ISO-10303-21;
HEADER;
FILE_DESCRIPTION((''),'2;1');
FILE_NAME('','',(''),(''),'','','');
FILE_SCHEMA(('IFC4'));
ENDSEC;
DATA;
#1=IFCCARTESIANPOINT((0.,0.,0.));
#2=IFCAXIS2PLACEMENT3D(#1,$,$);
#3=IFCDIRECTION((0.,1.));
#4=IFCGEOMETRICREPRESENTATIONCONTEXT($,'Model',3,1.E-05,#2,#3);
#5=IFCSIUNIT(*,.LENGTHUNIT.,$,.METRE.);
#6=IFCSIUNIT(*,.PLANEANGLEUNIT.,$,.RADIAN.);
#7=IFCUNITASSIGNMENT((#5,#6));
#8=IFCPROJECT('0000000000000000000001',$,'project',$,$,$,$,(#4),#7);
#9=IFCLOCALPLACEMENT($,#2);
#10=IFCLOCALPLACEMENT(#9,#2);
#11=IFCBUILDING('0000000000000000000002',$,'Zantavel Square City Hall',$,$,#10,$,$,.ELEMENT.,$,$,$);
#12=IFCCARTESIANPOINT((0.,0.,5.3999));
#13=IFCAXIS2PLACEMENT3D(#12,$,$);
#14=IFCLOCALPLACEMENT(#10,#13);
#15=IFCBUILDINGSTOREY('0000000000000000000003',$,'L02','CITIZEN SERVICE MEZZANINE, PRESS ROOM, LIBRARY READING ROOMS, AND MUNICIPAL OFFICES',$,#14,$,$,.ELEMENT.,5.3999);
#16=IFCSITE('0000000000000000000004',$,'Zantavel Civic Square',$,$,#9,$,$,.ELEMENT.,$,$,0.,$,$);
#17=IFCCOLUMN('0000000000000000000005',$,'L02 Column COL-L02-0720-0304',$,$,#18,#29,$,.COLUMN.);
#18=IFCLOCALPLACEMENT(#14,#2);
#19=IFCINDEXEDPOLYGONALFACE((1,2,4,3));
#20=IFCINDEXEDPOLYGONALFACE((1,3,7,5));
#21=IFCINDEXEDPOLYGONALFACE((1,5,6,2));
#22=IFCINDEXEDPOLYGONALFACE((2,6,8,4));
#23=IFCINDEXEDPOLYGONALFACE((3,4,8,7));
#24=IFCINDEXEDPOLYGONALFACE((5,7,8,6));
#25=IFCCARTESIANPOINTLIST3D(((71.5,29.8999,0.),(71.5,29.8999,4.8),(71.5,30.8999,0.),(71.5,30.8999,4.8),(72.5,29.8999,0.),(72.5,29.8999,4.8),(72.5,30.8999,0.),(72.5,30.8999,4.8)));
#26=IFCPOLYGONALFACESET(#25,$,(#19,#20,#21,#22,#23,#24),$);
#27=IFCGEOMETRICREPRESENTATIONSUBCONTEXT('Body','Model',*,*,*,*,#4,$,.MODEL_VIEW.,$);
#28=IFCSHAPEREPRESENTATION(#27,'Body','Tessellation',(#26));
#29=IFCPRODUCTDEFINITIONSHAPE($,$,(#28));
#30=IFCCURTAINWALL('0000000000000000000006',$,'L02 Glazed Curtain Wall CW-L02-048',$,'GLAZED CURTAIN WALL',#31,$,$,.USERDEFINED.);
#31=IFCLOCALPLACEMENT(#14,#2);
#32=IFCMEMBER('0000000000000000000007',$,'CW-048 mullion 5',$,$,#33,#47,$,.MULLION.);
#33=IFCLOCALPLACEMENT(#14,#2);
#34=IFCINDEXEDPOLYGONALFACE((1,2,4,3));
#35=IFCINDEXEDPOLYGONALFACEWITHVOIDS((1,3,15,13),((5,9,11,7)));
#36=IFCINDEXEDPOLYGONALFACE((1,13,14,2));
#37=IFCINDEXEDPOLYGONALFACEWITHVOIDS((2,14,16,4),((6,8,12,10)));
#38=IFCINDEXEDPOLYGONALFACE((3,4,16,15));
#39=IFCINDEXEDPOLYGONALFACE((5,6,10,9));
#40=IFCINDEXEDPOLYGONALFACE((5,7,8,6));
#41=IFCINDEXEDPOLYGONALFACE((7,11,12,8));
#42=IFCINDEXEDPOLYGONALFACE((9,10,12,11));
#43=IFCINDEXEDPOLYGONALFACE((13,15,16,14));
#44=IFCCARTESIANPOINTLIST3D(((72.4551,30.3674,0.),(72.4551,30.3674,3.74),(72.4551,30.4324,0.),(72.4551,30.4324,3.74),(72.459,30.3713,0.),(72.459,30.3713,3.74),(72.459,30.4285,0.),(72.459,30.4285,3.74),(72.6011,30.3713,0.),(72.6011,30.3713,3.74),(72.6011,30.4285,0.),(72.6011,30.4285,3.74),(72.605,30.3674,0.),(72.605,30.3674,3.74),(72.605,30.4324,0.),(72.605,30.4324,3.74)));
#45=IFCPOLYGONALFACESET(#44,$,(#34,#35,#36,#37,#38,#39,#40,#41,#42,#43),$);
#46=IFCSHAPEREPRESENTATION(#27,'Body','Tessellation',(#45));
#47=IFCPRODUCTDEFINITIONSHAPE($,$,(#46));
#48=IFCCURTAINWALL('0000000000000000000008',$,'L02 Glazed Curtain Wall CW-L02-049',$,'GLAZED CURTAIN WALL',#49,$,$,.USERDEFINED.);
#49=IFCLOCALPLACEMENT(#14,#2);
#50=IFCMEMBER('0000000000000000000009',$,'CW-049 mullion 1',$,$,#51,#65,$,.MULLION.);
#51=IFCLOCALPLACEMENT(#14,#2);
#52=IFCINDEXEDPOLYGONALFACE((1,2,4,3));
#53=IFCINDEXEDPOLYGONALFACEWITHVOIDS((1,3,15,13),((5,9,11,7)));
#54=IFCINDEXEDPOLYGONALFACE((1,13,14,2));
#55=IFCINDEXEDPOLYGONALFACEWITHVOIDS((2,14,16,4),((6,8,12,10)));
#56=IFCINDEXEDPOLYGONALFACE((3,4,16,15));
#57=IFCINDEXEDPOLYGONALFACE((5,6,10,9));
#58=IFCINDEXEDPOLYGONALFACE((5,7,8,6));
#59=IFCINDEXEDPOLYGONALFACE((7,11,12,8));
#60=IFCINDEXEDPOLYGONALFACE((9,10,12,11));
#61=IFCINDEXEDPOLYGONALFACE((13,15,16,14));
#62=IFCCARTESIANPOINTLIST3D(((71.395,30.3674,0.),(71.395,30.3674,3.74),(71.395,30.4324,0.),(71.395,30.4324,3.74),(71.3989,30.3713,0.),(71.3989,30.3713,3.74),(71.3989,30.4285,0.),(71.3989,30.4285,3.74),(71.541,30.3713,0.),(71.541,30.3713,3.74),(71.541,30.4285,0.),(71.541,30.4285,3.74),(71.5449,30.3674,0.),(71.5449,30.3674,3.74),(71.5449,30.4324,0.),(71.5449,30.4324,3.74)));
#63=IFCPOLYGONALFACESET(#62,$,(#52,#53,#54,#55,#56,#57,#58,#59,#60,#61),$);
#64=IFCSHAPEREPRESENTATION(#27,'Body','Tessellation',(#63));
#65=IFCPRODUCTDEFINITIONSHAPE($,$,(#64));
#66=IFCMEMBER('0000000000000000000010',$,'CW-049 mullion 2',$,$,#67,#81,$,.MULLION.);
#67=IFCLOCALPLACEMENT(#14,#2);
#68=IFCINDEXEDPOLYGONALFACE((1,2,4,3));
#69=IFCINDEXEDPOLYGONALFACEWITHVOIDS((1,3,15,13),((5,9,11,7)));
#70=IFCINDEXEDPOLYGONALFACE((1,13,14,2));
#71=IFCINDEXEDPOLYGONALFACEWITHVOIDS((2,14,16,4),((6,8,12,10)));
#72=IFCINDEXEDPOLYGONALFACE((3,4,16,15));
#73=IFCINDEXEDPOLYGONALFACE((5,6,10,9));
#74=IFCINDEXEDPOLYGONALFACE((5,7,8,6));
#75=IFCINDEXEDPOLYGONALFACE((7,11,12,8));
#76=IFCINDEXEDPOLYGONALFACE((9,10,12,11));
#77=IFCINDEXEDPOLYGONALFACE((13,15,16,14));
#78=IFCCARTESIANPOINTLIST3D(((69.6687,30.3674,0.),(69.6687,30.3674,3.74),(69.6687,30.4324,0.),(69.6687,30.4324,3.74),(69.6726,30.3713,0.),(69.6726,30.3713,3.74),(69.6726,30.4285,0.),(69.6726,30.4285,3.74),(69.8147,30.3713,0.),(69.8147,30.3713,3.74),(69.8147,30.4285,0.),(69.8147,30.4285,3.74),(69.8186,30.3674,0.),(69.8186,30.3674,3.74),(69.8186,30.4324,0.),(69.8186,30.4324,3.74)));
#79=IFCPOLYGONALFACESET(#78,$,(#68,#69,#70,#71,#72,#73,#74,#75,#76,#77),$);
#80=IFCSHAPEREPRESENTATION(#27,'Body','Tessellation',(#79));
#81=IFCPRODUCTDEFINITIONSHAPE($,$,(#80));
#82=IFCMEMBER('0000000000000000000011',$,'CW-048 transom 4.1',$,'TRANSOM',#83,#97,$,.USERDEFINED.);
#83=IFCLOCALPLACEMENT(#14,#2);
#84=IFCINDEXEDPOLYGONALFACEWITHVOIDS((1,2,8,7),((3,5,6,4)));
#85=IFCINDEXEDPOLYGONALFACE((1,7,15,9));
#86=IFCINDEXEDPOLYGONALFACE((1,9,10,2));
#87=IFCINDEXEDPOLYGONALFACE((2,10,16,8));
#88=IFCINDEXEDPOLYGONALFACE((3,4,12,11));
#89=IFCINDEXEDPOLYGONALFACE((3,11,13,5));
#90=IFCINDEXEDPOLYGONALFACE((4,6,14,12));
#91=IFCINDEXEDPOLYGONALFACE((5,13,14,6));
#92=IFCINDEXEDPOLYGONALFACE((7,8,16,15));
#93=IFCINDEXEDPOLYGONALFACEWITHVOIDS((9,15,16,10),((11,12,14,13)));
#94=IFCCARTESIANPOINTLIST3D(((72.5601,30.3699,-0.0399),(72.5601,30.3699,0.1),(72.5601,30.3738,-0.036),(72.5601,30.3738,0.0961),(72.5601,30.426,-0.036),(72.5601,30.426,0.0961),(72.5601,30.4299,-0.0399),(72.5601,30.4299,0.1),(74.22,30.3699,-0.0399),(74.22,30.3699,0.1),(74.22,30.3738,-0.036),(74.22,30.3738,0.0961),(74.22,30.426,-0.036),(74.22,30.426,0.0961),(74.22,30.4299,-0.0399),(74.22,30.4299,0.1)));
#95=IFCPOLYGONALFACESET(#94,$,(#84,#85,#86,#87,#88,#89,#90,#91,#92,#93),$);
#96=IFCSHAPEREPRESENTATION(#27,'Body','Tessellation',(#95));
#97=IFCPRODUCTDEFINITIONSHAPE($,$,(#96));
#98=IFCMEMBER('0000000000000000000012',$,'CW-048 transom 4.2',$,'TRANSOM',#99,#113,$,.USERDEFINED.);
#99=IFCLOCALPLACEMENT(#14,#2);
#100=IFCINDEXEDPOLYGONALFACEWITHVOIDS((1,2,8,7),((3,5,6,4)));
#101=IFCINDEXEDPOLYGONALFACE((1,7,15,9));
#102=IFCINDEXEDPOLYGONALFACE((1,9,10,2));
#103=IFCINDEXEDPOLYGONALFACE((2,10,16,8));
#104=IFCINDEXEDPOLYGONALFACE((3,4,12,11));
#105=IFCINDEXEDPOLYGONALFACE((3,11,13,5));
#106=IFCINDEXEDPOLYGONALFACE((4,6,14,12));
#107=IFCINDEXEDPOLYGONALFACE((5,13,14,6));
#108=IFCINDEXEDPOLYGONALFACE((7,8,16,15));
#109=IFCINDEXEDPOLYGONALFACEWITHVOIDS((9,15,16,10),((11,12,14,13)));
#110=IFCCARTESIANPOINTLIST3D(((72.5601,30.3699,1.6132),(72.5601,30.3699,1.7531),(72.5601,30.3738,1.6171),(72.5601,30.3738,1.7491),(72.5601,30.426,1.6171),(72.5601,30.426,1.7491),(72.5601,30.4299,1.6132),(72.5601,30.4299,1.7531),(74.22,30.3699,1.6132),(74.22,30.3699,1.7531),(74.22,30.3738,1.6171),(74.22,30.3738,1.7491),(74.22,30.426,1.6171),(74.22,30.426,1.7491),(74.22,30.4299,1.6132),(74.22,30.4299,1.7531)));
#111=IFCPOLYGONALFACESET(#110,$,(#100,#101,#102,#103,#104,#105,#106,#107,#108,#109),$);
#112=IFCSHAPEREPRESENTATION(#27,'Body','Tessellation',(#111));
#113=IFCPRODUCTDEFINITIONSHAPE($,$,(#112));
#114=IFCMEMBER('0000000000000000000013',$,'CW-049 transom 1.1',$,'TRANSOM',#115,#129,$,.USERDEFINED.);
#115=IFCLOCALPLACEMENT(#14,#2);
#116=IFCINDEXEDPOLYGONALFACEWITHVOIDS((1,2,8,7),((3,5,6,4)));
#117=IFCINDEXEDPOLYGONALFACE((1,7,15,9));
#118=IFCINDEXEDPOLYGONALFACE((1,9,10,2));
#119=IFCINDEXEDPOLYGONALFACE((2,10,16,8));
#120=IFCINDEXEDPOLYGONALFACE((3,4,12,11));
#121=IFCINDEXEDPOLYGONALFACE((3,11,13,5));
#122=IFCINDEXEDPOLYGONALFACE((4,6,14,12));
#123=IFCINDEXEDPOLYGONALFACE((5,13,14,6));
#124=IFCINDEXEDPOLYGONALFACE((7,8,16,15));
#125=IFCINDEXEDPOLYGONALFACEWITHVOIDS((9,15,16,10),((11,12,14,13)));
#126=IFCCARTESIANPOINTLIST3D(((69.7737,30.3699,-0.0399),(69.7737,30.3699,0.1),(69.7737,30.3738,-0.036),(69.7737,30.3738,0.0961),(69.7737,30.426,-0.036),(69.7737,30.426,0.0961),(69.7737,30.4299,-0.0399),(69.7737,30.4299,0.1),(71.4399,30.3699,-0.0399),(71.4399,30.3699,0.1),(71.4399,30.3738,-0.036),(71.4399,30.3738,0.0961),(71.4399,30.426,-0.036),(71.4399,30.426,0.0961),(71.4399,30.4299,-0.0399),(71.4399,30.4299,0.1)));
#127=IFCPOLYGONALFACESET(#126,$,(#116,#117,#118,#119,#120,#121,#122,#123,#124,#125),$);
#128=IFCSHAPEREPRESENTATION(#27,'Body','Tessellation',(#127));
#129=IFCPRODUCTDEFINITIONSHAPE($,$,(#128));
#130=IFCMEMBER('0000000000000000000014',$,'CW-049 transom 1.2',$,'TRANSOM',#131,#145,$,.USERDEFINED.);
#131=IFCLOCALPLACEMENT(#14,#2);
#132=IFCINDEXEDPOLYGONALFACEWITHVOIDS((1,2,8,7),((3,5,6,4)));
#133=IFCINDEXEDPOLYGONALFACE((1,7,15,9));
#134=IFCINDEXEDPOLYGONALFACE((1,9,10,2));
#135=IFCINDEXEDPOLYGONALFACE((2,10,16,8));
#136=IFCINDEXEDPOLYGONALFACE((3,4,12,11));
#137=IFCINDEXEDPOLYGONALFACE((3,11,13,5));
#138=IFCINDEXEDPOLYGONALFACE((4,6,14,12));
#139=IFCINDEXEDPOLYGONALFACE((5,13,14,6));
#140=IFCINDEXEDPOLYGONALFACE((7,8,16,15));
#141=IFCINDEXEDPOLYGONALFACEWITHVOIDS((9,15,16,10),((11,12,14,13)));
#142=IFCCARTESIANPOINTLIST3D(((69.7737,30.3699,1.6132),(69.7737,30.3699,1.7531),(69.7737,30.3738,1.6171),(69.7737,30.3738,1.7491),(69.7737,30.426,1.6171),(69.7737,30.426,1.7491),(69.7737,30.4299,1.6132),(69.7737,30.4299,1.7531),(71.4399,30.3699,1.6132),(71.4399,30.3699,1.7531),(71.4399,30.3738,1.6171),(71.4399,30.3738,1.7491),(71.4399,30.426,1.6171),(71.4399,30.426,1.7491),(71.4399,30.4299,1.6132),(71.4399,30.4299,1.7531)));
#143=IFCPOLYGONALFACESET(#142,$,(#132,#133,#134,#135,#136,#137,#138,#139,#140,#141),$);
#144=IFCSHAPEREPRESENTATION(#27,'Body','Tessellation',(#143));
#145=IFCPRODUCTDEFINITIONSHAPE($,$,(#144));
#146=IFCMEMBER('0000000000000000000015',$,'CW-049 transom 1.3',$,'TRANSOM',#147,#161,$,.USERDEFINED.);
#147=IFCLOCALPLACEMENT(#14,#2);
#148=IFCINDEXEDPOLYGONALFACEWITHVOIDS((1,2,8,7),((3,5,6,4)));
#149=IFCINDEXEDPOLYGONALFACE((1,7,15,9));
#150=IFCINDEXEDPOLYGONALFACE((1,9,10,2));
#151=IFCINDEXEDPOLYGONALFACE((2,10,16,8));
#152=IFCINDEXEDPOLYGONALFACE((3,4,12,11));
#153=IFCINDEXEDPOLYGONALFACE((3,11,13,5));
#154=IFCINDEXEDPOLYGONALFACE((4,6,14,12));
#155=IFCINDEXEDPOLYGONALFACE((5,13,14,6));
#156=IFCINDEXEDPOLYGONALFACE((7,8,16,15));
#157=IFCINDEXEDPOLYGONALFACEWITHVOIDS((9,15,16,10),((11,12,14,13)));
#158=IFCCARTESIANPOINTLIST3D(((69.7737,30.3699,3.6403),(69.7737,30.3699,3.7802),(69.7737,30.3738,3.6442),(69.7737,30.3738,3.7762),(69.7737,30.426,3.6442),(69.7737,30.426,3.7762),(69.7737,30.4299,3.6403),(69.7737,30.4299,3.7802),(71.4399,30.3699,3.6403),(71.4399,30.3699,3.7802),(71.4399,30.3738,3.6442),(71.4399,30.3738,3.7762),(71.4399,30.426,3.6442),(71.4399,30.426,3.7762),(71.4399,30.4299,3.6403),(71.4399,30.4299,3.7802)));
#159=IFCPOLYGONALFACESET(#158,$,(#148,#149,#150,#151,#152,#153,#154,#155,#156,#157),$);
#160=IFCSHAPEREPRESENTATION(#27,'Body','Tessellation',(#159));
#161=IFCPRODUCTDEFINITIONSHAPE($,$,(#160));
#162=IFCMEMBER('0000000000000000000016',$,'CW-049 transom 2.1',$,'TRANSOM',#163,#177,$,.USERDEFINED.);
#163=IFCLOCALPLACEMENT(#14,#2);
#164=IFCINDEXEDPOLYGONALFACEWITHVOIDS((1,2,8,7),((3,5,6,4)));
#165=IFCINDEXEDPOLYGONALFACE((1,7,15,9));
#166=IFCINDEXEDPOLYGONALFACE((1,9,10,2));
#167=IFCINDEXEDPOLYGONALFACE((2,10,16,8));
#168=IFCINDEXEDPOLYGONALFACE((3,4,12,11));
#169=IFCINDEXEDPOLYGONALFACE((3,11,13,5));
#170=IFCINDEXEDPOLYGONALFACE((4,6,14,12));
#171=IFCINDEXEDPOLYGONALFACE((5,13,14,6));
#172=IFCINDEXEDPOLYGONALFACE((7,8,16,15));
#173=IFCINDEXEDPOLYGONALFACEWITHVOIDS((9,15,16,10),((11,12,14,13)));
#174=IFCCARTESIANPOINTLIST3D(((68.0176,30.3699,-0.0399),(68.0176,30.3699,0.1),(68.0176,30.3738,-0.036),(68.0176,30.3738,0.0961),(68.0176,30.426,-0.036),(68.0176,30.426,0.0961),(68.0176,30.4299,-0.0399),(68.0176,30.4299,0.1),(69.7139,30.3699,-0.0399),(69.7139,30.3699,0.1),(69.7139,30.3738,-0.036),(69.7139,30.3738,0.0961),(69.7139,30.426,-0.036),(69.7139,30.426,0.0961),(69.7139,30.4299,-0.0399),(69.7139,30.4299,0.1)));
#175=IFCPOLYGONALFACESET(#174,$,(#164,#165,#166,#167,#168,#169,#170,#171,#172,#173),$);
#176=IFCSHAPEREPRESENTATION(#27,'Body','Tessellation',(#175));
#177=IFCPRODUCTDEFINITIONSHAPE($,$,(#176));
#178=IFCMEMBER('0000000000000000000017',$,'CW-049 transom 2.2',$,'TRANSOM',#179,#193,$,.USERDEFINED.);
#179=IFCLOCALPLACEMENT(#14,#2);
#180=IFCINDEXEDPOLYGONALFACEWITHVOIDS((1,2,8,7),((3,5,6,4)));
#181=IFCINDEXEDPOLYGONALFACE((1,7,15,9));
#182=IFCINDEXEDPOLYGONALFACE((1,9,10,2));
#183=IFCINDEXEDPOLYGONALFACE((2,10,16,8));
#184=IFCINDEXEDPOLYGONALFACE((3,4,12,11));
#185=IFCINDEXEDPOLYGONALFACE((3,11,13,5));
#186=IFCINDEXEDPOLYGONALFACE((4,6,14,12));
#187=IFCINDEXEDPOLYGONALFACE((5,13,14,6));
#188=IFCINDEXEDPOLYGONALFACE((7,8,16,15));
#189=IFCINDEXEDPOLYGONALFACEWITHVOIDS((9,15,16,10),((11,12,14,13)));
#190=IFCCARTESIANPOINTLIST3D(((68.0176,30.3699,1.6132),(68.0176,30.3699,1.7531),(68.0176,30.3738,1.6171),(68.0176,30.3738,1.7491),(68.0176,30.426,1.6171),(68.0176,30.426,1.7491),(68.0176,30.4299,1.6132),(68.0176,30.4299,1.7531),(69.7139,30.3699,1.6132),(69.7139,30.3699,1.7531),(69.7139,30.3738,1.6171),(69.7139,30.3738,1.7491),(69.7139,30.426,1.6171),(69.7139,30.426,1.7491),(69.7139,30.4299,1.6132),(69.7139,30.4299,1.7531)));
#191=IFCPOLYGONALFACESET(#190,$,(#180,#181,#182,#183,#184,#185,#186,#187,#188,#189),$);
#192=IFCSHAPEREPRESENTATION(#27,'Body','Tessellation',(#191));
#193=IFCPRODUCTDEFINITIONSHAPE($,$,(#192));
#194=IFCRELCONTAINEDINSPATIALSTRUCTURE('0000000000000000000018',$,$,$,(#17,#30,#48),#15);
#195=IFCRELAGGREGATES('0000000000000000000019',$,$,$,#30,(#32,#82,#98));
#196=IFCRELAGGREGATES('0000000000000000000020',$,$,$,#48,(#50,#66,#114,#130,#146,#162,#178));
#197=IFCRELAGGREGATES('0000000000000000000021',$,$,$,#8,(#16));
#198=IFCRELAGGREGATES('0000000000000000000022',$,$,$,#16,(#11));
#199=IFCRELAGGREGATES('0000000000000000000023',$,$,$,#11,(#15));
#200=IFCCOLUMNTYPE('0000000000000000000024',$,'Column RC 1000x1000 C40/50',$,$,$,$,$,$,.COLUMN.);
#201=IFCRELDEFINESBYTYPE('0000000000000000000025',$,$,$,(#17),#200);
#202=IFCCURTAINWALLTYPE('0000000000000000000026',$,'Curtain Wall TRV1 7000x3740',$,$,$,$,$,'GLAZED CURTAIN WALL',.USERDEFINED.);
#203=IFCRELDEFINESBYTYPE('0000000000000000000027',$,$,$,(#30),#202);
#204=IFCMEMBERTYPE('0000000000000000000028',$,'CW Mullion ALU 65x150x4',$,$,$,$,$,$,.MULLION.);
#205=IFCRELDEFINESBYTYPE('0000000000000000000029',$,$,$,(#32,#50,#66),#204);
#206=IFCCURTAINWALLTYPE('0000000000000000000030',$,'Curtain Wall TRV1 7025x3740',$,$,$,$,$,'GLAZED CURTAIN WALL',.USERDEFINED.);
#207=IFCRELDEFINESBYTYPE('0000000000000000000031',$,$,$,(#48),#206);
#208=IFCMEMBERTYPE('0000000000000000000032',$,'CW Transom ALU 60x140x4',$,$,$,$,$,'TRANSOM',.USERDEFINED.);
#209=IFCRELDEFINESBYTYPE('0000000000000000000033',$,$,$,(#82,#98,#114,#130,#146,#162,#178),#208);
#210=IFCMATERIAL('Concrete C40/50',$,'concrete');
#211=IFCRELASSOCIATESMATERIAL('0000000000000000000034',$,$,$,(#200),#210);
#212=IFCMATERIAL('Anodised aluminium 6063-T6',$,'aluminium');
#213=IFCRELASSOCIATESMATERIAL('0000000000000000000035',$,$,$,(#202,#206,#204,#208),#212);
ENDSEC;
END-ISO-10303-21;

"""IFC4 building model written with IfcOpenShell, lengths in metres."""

from ifc_helpers import new_model, si_unit, direction, frame, origin, origin_2d, place, context, subcontext, project, spatial, rectangle, hollow_rectangle, extrude, material, material_profile, profile_set, type_object, element, aggregate, save


model = new_model("IFC4")

# Units and contexts
model_context = context("Model", 3, precision=1e-05, world=origin(), true_north=direction((0.0, 1.0)))
body_context = subcontext(model_context, "Body", "Model", "MODEL_VIEW")
ifc_project = project(units=[si_unit("LENGTHUNIT", "METRE"), si_unit("PLANEANGLEUNIT", "RADIAN")], contexts=[model_context])

# Site, building, storey
site_placement = place(None, origin())
site = spatial("IfcSite", under=ifc_project, at=site_placement, Name="Zantavel Civic Square", CompositionType="ELEMENT", RefElevation=0.0)
building_placement = place(site_placement, origin())
building = spatial("IfcBuilding", under=site, at=building_placement, Name="Zantavel Square City Hall", CompositionType="ELEMENT")
storey_placement = place(building_placement, frame((0.0, 0.0, 5.3999)))
storey = spatial("IfcBuildingStorey", under=building, at=storey_placement, Name="L02", Description="CITIZEN SERVICE MEZZANINE, PRESS ROOM, LIBRARY READING ROOMS, AND MUNICIPAL OFFICES", CompositionType="ELEMENT", Elevation=5.3999)

# Column
ifc_material_1 = material(Name="Concrete C40/50", Category="concrete")
ifc_material_profile_1 = material_profile(ifc_material_1, rectangle(XDim=1.0, YDim=1.0, at=origin_2d()), Name="RC 1000x1000")
ifc_profile_set_1 = profile_set([ifc_material_profile_1], Name="Concrete C40/50")
column_type = type_object("IfcColumnType", Name="Column RC 1000x1000 C40/50", PredefinedType="COLUMN", material=ifc_profile_set_1)
column_placement = place(storey_placement, frame((72.0, 30.3999, 0.0), z_axis=(0.0, 0.0, 1.0), x_axis=(1.0, 0.0, 0.0)))
element("IfcColumn", 1, at=column_placement, inside=storey, type_object=column_type, Name="L02 Column COL-L02-0720-0304", PredefinedType="COLUMN", context=body_context, shape_type="SweptSolid", body=[
    extrude(rectangle(XDim=1.0, YDim=1.0, at=origin_2d()), origin(), (0.0, 0.0, 1.0), 4.8),
])

# Curtain wall, member
ifc_material_2 = material(Name="Anodised aluminium 6063-T6", Category="aluminium")
curtain_wall_type_1 = type_object("IfcCurtainWallType", Name="Curtain Wall TRV1 7000x3740", ElementType="GLAZED CURTAIN WALL", PredefinedType="USERDEFINED", material=ifc_material_2)
curtain_wall_1_placement = place(storey_placement, origin())
curtain_wall_1 = element("IfcCurtainWall", 2, at=curtain_wall_1_placement, inside=storey, type_object=curtain_wall_type_1, Name="L02 Glazed Curtain Wall CW-L02-048", ObjectType="GLAZED CURTAIN WALL", PredefinedType="USERDEFINED")
ifc_material_profile_2 = material_profile(ifc_material_2, hollow_rectangle(XDim=0.0649, YDim=0.1499, WallThickness=0.0039, at=origin_2d()), Name="ALU 65x150x4")
ifc_profile_set_2 = profile_set([ifc_material_profile_2], Name="Anodised aluminium 6063-T6")
member_type_1 = type_object("IfcMemberType", Name="CW Mullion ALU 65x150x4", PredefinedType="MULLION", material=ifc_profile_set_2)
member_1_placement = place(storey_placement, frame((72.53, 30.3999, 0.0), z_axis=(0.0, 0.0, 1.0), x_axis=(0.0, -1.0, 0.0)))
member_1 = element("IfcMember", 3, at=member_1_placement, type_object=member_type_1, Name="CW-048 mullion 5", PredefinedType="MULLION", context=body_context, shape_type="SweptSolid", body=[
    extrude(hollow_rectangle(XDim=0.0649, YDim=0.1499, WallThickness=0.0039, at=origin_2d()), origin(), (0.0, 0.0, 1.0), 3.74),
])

# Curtain wall, members
curtain_wall_type_2 = type_object("IfcCurtainWallType", Name="Curtain Wall TRV1 7025x3740", ElementType="GLAZED CURTAIN WALL", PredefinedType="USERDEFINED", material=ifc_material_2)
curtain_wall_2_placement = place(storey_placement, origin())
curtain_wall_2 = element("IfcCurtainWall", 4, at=curtain_wall_2_placement, inside=storey, type_object=curtain_wall_type_2, Name="L02 Glazed Curtain Wall CW-L02-049", ObjectType="GLAZED CURTAIN WALL", PredefinedType="USERDEFINED")
member_2_placement = place(storey_placement, frame((71.47, 30.3999, 0.0), z_axis=(0.0, 0.0, 1.0), x_axis=(0.0, -1.0, 0.0)))
member_2 = element("IfcMember", 5, at=member_2_placement, type_object=member_type_1, Name="CW-049 mullion 1", PredefinedType="MULLION", context=body_context, shape_type="SweptSolid", body=[
    extrude(hollow_rectangle(XDim=0.0649, YDim=0.1499, WallThickness=0.0039, at=origin_2d()), origin(), (0.0, 0.0, 1.0), 3.74),
])
member_3_placement = place(storey_placement, frame((69.7437, 30.3999, 0.0), z_axis=(0.0, 0.0, 1.0), x_axis=(0.0, -1.0, 0.0)))
member_3 = element("IfcMember", 6, at=member_3_placement, type_object=member_type_1, Name="CW-049 mullion 2", PredefinedType="MULLION", context=body_context, shape_type="SweptSolid", body=[
    extrude(hollow_rectangle(XDim=0.0649, YDim=0.1499, WallThickness=0.0039, at=origin_2d()), origin(), (0.0, 0.0, 1.0), 3.74),
])

# Members
ifc_material_profile_3 = material_profile(ifc_material_2, hollow_rectangle(XDim=0.0601, YDim=0.1399, WallThickness=0.0039, at=origin_2d()), Name="ALU 60x140x4")
ifc_profile_set_3 = profile_set([ifc_material_profile_3], Name="Anodised aluminium 6063-T6")
member_type_2 = type_object("IfcMemberType", Name="CW Transom ALU 60x140x4", ElementType="TRANSOM", PredefinedType="USERDEFINED", material=ifc_profile_set_3)
member_4_placement = place(storey_placement, frame((74.22, 30.3999, 0.03), z_axis=(-1.0, 0.0, 0.0), x_axis=(0.0, -1.0, 0.0)))
member_4 = element("IfcMember", 7, at=member_4_placement, type_object=member_type_2, Name="CW-048 transom 4.1", ObjectType="TRANSOM", PredefinedType="USERDEFINED", context=body_context, shape_type="SweptSolid", body=[
    extrude(hollow_rectangle(XDim=0.0601, YDim=0.1399, WallThickness=0.0039, at=origin_2d()), origin(), (0.0, 0.0, 1.0), 1.6599),
])
member_5_placement = place(storey_placement, frame((74.22, 30.3999, 1.6831), z_axis=(-1.0, 0.0, 0.0), x_axis=(0.0, -1.0, 0.0)))
member_5 = element("IfcMember", 8, at=member_5_placement, type_object=member_type_2, Name="CW-048 transom 4.2", ObjectType="TRANSOM", PredefinedType="USERDEFINED", context=body_context, shape_type="SweptSolid", body=[
    extrude(hollow_rectangle(XDim=0.0601, YDim=0.1399, WallThickness=0.0039, at=origin_2d()), origin(), (0.0, 0.0, 1.0), 1.6599),
])
member_6_placement = place(storey_placement, frame((71.4399, 30.3999, 0.03), z_axis=(-1.0, 0.0, 0.0), x_axis=(0.0, -1.0, 0.0)))
member_6 = element("IfcMember", 9, at=member_6_placement, type_object=member_type_2, Name="CW-049 transom 1.1", ObjectType="TRANSOM", PredefinedType="USERDEFINED", context=body_context, shape_type="SweptSolid", body=[
    extrude(hollow_rectangle(XDim=0.0601, YDim=0.1399, WallThickness=0.0039, at=origin_2d()), origin(), (0.0, 0.0, 1.0), 1.6663),
])
member_7_placement = place(storey_placement, frame((71.4399, 30.3999, 1.6831), z_axis=(-1.0, 0.0, 0.0), x_axis=(0.0, -1.0, 0.0)))
member_7 = element("IfcMember", 10, at=member_7_placement, type_object=member_type_2, Name="CW-049 transom 1.2", ObjectType="TRANSOM", PredefinedType="USERDEFINED", context=body_context, shape_type="SweptSolid", body=[
    extrude(hollow_rectangle(XDim=0.0601, YDim=0.1399, WallThickness=0.0039, at=origin_2d()), origin(), (0.0, 0.0, 1.0), 1.6663),
])
member_8_placement = place(storey_placement, frame((71.4399, 30.3999, 3.7102), z_axis=(-1.0, 0.0, 0.0), x_axis=(0.0, -1.0, 0.0)))
member_8 = element("IfcMember", 11, at=member_8_placement, type_object=member_type_2, Name="CW-049 transom 1.3", ObjectType="TRANSOM", PredefinedType="USERDEFINED", context=body_context, shape_type="SweptSolid", body=[
    extrude(hollow_rectangle(XDim=0.0601, YDim=0.1399, WallThickness=0.0039, at=origin_2d()), origin(), (0.0, 0.0, 1.0), 1.6663),
])
member_9_placement = place(storey_placement, frame((69.7139, 30.3999, 0.03), z_axis=(-1.0, 0.0, 0.0), x_axis=(0.0, -1.0, 0.0)))
member_9 = element("IfcMember", 12, at=member_9_placement, type_object=member_type_2, Name="CW-049 transom 2.1", ObjectType="TRANSOM", PredefinedType="USERDEFINED", context=body_context, shape_type="SweptSolid", body=[
    extrude(hollow_rectangle(XDim=0.0601, YDim=0.1399, WallThickness=0.0039, at=origin_2d()), origin(), (0.0, 0.0, 1.0), 1.6963),
])
member_10_placement = place(storey_placement, frame((69.7139, 30.3999, 1.6831), z_axis=(-1.0, 0.0, 0.0), x_axis=(0.0, -1.0, 0.0)))
member_10 = element("IfcMember", 13, at=member_10_placement, type_object=member_type_2, Name="CW-049 transom 2.2", ObjectType="TRANSOM", PredefinedType="USERDEFINED", context=body_context, shape_type="SweptSolid", body=[
    extrude(hollow_rectangle(XDim=0.0601, YDim=0.1399, WallThickness=0.0039, at=origin_2d()), origin(), (0.0, 0.0, 1.0), 1.6963),
])

aggregate(curtain_wall_1, [member_1, member_4, member_5])
aggregate(curtain_wall_2, [member_2, member_3, member_6, member_7, member_8, member_9, member_10])

save(model, "model.ifc")
